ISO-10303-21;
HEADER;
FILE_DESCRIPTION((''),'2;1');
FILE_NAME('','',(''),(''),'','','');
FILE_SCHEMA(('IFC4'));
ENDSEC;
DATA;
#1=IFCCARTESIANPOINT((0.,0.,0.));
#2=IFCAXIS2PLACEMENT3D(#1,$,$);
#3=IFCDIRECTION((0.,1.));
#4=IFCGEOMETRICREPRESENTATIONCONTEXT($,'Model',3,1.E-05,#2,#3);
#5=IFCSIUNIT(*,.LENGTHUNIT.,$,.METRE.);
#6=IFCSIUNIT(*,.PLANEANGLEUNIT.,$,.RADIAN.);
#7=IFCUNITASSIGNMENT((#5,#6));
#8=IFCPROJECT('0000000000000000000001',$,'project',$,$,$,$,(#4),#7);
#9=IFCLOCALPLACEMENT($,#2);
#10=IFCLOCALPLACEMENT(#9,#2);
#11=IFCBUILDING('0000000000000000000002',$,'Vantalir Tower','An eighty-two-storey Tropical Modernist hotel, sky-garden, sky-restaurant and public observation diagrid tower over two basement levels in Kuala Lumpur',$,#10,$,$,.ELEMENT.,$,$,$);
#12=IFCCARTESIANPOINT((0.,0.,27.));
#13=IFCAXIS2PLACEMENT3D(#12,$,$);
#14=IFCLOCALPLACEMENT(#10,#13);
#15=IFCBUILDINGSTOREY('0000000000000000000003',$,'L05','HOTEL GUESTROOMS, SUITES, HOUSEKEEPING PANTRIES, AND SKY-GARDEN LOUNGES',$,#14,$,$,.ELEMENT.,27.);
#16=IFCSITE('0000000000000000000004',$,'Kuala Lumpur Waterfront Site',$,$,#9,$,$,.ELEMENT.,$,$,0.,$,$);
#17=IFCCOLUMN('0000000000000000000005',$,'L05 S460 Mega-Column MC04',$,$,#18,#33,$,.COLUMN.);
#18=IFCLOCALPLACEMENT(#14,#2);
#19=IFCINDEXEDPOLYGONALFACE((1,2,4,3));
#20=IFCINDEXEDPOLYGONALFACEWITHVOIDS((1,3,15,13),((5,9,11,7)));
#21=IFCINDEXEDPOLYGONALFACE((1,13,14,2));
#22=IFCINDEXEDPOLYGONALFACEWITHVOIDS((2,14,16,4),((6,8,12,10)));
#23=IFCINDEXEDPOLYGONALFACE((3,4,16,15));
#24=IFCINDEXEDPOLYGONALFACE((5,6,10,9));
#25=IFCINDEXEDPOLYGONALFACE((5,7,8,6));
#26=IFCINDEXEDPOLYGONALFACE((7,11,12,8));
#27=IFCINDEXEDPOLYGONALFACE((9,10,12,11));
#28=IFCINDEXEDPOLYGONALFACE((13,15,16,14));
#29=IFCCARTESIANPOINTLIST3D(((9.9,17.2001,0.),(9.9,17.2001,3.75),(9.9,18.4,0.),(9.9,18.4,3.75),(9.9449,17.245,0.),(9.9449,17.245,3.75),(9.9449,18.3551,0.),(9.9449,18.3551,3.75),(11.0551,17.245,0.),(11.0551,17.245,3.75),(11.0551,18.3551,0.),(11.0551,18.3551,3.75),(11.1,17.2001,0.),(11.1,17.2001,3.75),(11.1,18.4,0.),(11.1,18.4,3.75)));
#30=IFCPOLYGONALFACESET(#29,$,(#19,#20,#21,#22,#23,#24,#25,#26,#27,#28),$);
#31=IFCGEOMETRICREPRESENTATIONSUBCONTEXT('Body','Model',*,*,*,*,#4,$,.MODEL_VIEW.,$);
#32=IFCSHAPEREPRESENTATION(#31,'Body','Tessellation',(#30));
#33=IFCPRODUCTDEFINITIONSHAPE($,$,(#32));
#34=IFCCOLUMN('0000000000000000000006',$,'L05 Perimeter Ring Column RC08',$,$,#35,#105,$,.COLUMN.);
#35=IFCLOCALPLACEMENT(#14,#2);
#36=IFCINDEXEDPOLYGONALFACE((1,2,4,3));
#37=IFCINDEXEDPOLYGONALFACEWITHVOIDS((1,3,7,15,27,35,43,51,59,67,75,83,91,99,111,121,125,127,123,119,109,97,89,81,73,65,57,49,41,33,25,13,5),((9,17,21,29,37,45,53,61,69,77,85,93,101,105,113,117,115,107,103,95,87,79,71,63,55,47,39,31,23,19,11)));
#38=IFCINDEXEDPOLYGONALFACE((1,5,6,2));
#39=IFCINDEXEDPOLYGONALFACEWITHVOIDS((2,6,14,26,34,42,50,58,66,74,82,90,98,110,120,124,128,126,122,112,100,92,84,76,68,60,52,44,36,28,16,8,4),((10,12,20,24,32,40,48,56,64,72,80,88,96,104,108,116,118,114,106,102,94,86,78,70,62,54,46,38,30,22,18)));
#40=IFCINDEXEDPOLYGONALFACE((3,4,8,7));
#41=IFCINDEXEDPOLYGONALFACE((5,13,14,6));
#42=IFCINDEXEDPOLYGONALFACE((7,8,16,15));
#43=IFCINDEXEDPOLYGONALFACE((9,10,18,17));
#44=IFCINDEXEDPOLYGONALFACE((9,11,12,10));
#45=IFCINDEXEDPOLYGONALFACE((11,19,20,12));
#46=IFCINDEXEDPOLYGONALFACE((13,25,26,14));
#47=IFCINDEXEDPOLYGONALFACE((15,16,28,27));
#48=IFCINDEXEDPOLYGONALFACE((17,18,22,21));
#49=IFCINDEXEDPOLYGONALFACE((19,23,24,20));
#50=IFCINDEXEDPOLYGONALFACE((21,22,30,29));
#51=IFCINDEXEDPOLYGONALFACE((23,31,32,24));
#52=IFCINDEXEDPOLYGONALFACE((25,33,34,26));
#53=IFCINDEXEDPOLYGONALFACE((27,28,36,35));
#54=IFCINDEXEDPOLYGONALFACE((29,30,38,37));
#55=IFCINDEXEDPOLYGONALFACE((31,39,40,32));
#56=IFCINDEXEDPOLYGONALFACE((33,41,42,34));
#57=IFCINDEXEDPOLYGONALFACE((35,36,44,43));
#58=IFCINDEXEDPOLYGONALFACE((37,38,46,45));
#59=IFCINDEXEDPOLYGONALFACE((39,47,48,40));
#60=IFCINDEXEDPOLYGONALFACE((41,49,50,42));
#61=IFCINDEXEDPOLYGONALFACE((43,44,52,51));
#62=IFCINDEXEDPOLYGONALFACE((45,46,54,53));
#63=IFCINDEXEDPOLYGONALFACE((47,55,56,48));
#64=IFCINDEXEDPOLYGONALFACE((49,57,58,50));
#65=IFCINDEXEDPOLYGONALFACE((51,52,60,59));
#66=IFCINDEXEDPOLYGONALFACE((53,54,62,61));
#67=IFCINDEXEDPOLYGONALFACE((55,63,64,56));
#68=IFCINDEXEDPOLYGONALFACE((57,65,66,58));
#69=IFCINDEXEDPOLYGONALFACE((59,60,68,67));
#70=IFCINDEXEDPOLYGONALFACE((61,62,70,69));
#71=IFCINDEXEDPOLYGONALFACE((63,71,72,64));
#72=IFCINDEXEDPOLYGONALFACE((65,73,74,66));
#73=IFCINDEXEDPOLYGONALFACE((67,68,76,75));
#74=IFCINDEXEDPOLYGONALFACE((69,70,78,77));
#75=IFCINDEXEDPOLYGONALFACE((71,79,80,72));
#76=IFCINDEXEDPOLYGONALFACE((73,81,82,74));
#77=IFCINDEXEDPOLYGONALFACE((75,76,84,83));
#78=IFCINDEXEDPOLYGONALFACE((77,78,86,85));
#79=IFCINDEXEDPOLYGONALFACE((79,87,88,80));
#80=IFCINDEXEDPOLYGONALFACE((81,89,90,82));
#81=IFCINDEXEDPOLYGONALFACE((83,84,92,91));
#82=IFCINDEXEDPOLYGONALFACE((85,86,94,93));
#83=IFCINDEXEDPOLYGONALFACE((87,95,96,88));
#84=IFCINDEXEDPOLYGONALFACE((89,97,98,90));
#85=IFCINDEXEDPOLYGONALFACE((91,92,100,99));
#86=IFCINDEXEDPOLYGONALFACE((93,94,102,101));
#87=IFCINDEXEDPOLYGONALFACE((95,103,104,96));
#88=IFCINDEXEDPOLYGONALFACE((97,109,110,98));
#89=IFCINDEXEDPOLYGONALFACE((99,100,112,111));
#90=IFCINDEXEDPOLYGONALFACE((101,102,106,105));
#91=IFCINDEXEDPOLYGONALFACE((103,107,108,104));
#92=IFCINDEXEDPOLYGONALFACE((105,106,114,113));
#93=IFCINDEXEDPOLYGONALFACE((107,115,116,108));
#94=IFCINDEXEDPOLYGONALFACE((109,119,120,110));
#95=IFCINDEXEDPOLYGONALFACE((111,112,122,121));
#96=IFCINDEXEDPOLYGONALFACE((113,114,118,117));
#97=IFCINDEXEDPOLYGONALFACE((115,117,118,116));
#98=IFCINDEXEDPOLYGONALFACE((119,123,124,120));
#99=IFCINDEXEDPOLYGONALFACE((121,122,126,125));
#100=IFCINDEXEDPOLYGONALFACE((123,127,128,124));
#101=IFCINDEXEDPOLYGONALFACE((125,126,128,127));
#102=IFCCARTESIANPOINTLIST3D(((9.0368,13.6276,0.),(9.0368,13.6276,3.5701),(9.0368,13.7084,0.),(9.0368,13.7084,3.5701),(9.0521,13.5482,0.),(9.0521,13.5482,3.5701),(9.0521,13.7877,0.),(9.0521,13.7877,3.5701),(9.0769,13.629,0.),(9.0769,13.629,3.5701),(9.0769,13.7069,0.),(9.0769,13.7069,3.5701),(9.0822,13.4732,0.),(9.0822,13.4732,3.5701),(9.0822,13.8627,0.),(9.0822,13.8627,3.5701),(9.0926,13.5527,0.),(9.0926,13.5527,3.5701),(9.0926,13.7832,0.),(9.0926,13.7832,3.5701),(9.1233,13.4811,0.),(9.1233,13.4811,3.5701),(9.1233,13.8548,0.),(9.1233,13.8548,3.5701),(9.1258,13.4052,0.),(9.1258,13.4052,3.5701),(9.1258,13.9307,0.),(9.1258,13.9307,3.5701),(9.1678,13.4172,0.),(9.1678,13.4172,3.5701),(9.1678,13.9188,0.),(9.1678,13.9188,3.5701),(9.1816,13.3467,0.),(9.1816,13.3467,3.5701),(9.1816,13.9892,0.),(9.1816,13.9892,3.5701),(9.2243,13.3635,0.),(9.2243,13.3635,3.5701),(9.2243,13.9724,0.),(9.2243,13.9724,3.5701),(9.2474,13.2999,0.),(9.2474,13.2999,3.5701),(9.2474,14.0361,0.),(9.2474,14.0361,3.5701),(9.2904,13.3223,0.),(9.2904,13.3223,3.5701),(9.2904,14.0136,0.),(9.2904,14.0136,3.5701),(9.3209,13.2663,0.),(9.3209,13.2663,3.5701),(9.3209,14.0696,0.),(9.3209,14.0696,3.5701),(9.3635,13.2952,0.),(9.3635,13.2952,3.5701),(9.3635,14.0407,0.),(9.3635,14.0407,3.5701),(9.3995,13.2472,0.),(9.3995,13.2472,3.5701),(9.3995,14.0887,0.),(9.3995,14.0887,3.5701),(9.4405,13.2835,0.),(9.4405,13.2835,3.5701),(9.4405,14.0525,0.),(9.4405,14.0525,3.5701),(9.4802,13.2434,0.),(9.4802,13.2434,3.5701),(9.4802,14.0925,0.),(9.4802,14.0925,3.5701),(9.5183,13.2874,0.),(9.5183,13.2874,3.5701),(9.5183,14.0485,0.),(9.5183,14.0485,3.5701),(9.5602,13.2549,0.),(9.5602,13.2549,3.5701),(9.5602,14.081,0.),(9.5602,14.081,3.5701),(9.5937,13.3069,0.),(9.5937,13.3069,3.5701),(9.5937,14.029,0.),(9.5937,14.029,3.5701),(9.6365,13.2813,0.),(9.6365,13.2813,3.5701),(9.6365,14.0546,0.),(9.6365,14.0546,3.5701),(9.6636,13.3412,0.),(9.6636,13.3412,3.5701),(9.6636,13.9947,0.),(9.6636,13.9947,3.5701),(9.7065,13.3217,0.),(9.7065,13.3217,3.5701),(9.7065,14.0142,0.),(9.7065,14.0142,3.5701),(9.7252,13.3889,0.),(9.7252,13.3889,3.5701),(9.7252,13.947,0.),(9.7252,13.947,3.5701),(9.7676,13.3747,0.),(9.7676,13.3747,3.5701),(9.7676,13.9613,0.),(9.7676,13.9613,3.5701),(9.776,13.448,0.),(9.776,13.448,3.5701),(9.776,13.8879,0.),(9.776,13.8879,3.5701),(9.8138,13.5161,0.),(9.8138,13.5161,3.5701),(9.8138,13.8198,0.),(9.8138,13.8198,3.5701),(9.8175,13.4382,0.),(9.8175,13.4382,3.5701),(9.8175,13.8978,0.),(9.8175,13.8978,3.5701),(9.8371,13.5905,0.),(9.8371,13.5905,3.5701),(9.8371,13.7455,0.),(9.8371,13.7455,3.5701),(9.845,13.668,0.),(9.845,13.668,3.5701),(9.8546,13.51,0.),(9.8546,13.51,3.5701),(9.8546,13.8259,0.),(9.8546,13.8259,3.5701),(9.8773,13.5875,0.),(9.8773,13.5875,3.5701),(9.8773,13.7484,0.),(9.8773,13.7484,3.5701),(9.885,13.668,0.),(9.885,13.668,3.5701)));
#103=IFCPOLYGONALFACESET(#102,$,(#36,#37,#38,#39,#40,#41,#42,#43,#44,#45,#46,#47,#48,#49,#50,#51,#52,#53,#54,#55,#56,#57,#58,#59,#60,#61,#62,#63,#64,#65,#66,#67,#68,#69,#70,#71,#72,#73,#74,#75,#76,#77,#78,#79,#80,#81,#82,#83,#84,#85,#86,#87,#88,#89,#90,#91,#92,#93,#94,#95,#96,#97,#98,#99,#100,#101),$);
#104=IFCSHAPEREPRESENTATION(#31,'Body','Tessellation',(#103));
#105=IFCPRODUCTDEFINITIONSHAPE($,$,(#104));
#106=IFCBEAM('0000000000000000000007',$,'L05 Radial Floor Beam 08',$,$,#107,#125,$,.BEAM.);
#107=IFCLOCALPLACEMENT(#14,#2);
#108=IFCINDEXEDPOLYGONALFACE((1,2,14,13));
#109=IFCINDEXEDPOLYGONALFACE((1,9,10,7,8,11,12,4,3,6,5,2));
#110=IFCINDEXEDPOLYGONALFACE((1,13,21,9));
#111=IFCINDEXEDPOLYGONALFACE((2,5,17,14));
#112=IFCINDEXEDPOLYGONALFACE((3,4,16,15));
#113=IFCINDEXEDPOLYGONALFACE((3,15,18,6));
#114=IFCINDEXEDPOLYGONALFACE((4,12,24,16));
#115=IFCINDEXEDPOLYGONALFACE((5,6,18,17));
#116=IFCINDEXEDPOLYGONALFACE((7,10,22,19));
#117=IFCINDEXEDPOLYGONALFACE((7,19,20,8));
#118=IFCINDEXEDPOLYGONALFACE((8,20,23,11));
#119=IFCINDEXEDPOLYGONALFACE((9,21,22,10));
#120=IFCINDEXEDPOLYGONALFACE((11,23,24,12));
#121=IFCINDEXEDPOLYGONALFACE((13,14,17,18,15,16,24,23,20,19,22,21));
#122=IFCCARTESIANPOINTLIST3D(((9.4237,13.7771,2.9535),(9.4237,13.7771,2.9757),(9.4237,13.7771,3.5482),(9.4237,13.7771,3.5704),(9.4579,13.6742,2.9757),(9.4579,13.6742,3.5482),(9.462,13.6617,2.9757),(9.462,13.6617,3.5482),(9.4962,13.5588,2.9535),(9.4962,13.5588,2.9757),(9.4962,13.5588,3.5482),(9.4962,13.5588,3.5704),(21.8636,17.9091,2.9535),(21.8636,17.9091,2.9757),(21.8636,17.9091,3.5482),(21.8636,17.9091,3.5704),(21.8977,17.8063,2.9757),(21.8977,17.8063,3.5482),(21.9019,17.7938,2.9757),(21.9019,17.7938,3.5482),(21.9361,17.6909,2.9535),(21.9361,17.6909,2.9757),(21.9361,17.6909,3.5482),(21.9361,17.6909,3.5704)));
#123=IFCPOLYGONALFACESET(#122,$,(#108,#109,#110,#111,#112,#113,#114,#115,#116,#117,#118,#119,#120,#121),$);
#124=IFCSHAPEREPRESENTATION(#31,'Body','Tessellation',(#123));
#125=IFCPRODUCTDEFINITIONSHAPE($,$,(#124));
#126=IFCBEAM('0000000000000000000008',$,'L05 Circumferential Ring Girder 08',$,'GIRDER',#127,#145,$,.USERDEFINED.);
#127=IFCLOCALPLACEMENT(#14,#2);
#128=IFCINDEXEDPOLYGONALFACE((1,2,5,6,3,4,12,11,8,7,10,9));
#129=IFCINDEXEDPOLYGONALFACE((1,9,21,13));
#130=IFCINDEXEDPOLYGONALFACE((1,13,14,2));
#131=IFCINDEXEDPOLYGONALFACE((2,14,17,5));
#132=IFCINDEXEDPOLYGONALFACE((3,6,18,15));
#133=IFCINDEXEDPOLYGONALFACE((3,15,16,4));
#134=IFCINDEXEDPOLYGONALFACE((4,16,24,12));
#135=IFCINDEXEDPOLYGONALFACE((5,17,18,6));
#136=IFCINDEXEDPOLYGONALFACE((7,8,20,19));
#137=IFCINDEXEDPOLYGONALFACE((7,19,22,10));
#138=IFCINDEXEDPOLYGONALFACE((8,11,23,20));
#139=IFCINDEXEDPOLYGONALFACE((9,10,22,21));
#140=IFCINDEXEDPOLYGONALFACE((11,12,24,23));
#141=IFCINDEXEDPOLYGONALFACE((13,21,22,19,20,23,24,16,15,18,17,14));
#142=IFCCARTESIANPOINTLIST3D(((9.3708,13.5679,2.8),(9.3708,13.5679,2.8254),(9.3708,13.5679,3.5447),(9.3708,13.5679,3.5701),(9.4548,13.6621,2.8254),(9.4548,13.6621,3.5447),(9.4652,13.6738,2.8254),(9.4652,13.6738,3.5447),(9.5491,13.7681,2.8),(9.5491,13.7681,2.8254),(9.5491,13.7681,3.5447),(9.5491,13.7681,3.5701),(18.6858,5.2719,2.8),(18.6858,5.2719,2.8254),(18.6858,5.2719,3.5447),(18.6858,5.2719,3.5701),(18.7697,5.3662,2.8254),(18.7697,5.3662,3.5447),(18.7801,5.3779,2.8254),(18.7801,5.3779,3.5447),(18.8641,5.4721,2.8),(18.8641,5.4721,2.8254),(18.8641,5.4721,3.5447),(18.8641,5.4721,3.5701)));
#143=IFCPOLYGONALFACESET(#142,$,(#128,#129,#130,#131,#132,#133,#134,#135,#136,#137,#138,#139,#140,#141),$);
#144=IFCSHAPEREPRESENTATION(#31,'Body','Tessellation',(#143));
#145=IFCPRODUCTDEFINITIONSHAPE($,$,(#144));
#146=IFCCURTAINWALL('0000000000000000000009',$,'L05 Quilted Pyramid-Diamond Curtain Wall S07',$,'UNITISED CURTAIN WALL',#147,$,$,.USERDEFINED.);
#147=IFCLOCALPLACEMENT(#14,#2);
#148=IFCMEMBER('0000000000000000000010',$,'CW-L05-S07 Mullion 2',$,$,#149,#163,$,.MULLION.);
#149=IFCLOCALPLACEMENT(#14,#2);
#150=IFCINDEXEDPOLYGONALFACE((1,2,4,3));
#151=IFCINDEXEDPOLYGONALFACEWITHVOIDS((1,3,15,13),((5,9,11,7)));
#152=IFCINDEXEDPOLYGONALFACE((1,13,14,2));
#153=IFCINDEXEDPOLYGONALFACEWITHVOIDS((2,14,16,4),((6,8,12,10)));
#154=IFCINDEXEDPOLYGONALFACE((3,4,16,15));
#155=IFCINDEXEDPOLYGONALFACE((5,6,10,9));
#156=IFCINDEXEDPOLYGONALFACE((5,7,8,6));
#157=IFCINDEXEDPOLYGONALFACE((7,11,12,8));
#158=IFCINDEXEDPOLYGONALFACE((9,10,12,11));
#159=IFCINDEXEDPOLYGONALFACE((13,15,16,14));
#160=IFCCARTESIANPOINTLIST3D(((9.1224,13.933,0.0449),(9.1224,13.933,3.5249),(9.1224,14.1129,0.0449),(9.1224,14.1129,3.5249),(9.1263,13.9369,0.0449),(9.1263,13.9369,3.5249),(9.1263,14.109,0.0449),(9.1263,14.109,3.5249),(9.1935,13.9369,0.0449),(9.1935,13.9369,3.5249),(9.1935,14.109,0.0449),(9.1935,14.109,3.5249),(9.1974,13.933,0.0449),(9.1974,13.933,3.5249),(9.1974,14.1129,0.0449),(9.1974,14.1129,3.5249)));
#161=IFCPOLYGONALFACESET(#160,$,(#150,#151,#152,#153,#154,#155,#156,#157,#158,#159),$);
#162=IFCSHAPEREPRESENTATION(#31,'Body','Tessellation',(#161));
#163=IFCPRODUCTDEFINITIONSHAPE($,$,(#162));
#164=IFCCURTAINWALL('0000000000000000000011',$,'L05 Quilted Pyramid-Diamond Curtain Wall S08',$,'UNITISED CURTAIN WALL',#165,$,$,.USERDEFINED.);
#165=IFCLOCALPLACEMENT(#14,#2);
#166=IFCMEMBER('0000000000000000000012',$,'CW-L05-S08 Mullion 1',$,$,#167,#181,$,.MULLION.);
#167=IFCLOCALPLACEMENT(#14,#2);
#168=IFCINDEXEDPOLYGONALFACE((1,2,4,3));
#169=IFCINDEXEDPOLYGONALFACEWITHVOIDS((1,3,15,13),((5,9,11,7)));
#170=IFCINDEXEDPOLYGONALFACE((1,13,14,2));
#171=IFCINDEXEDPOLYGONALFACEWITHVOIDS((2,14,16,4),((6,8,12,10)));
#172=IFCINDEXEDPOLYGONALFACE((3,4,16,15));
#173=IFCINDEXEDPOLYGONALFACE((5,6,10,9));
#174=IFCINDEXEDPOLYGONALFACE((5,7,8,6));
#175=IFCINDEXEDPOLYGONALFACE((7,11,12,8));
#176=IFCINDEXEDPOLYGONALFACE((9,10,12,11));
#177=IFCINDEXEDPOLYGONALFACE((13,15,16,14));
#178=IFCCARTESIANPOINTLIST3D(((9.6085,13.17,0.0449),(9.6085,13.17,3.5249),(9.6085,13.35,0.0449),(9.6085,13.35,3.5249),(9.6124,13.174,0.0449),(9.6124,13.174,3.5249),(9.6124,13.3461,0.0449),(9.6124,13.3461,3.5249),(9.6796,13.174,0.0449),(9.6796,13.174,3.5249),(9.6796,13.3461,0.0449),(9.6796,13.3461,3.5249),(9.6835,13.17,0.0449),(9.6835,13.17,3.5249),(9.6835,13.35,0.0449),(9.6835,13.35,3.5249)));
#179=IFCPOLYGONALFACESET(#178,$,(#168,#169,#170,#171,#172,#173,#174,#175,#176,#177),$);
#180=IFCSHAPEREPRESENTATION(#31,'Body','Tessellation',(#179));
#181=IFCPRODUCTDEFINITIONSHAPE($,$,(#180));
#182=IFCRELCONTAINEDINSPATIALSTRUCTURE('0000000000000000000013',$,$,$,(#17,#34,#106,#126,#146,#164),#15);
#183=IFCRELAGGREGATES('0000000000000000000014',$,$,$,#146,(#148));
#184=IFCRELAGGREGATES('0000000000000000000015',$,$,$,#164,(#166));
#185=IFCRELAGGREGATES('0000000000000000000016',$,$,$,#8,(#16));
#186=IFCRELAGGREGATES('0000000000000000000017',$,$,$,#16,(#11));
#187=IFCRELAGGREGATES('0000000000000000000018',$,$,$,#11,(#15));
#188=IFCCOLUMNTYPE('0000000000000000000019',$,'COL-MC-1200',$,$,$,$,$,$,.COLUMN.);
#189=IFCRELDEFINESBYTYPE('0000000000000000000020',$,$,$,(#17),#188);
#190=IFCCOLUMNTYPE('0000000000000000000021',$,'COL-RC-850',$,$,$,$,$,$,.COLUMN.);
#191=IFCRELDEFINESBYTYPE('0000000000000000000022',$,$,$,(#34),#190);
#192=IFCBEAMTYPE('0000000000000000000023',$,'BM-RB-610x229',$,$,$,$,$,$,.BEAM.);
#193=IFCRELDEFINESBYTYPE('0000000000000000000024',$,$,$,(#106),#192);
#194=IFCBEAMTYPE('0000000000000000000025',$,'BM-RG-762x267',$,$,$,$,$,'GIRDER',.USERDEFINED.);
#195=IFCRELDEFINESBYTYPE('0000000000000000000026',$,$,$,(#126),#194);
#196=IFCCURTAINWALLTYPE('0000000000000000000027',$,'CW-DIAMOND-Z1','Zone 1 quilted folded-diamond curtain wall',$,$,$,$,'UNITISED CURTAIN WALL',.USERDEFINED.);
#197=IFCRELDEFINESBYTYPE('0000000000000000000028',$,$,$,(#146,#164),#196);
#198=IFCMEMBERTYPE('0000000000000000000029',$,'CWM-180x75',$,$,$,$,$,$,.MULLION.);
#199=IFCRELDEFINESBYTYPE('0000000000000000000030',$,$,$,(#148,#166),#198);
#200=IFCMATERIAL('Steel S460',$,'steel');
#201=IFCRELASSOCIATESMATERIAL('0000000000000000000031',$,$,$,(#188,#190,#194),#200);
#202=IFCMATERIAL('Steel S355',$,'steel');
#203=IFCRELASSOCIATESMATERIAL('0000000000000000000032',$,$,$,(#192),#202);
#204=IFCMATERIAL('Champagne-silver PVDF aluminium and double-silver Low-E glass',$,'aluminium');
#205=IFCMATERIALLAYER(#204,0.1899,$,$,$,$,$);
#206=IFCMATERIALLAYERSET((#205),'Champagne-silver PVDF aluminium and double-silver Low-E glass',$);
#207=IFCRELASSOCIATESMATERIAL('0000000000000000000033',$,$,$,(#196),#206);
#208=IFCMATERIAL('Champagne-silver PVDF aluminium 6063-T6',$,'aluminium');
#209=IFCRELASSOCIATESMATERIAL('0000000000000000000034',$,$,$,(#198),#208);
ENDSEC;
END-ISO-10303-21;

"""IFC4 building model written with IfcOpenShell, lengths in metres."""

from ifc_helpers import new_model, si_unit, direction, frame, origin, origin_2d, place, context, subcontext, project, spatial, hollow_rectangle, hollow_circle, i_section, extrude, material, layer, layer_set, material_profile, profile_set, type_object, element, aggregate, save


model = new_model("IFC4")

# Units and contexts
model_context = context("Model", 3, precision=1e-05, world=origin(), true_north=direction((0.0, 1.0)))
body_context = subcontext(model_context, "Body", "Model", "MODEL_VIEW")
ifc_project = project(units=[si_unit("LENGTHUNIT", "METRE"), si_unit("PLANEANGLEUNIT", "RADIAN")], contexts=[model_context])

# Site, building, storey
site_placement = place(None, origin())
site = spatial("IfcSite", under=ifc_project, at=site_placement, Name="Kuala Lumpur Waterfront Site", CompositionType="ELEMENT", RefElevation=0.0)
building_placement = place(site_placement, origin())
building = spatial("IfcBuilding", under=site, at=building_placement, Name="Vantalir Tower", Description="An eighty-two-storey Tropical Modernist hotel, sky-garden, sky-restaurant and public observation diagrid tower over two basement levels in Kuala Lumpur", CompositionType="ELEMENT")
storey_placement = place(building_placement, frame((0.0, 0.0, 27.0)))
storey = spatial("IfcBuildingStorey", under=building, at=storey_placement, Name="L05", Description="HOTEL GUESTROOMS, SUITES, HOUSEKEEPING PANTRIES, AND SKY-GARDEN LOUNGES", CompositionType="ELEMENT", Elevation=27.0)

# Columns
ifc_material_1 = material(Name="Steel S460", Category="steel")
ifc_material_profile_1 = material_profile(ifc_material_1, hollow_rectangle(XDim=1.2, YDim=1.2, WallThickness=0.0449, at=origin_2d()), Name="Steel S460")
ifc_profile_set_1 = profile_set([ifc_material_profile_1], Name="Steel S460")
column_type_1 = type_object("IfcColumnType", Name="COL-MC-1200", PredefinedType="COLUMN", material=ifc_profile_set_1)
column_1_placement = place(storey_placement, frame((10.5, 17.8, 0.0), z_axis=(0.0, 0.0, 1.0), x_axis=(1.0, 0.0, 0.0)))
element("IfcColumn", 1, at=column_1_placement, inside=storey, type_object=column_type_1, Name="L05 S460 Mega-Column MC04", PredefinedType="COLUMN", context=body_context, shape_type="SweptSolid", body=[
    extrude(hollow_rectangle(XDim=1.2, YDim=1.2, WallThickness=0.0449, at=origin_2d()), origin(), (0.0, 0.0, 1.0), 3.75),
])
ifc_material_profile_2 = material_profile(ifc_material_1, hollow_circle(Radius=0.425, WallThickness=0.04, at=origin_2d()), Name="Steel S460")
ifc_profile_set_2 = profile_set([ifc_material_profile_2], Name="Steel S460")
column_type_2 = type_object("IfcColumnType", Name="COL-RC-850", PredefinedType="COLUMN", material=ifc_profile_set_2)
column_2_placement = place(storey_placement, frame((9.46, 13.668, 0.0), z_axis=(0.0, 0.0, 1.0), x_axis=(1.0, 0.0, 0.0)))
element("IfcColumn", 2, at=column_2_placement, inside=storey, type_object=column_type_2, Name="L05 Perimeter Ring Column RC08", PredefinedType="COLUMN", context=body_context, shape_type="SweptSolid", body=[
    extrude(hollow_circle(Radius=0.425, WallThickness=0.04, at=origin_2d()), origin(), (0.0, 0.0, 1.0), 3.5701),
])

# Beams
ifc_material_2 = material(Name="Steel S355", Category="steel")
ifc_material_profile_3 = material_profile(ifc_material_2, i_section(OverallWidth=0.23, OverallDepth=0.6169, WebThickness=0.0132, FlangeThickness=0.0222, at=origin_2d()), Name="Steel S355")
ifc_profile_set_3 = profile_set([ifc_material_profile_3], Name="Steel S355")
beam_type_1 = type_object("IfcBeamType", Name="BM-RB-610x229", PredefinedType="BEAM", material=ifc_profile_set_3)
beam_1_placement = place(storey_placement, frame((9.46, 13.668, 3.262), z_axis=(0.949016, 0.315227, 0.0), x_axis=(-0.315227, 0.949016, 0.0)))
element("IfcBeam", 3, at=beam_1_placement, inside=storey, type_object=beam_type_1, Name="L05 Radial Floor Beam 08", PredefinedType="BEAM", context=body_context, shape_type="SweptSolid", body=[
    extrude(i_section(OverallWidth=0.23, OverallDepth=0.6169, WebThickness=0.0132, FlangeThickness=0.0222, at=origin_2d()), origin(), (0.0, 0.0, 1.0), 13.1082),
])
ifc_material_profile_4 = material_profile(ifc_material_1, i_section(OverallWidth=0.2681, OverallDepth=0.77, WebThickness=0.0156, FlangeThickness=0.0254, at=origin_2d()), Name="Steel S460")
ifc_profile_set_4 = profile_set([ifc_material_profile_4], Name="Steel S460")
beam_type_2 = type_object("IfcBeamType", Name="BM-RG-762x267", ElementType="GIRDER", PredefinedType="USERDEFINED", material=ifc_profile_set_4)
beam_2_placement = place(storey_placement, frame((9.46, 13.668, 3.1851), z_axis=(0.746774, -0.665078, 0.0), x_axis=(0.665078, 0.746774, 0.0)))
element("IfcBeam", 4, at=beam_2_placement, inside=storey, type_object=beam_type_2, Name="L05 Circumferential Ring Girder 08", ObjectType="GIRDER", PredefinedType="USERDEFINED", context=body_context, shape_type="SweptSolid", body=[
    extrude(i_section(OverallWidth=0.2681, OverallDepth=0.77, WebThickness=0.0156, FlangeThickness=0.0254, at=origin_2d()), origin(), (0.0, 0.0, 1.0), 12.4736),
])

# Curtain wall, member
ifc_material_3 = material(Name="Champagne-silver PVDF aluminium and double-silver Low-E glass", Category="aluminium")
ifc_layer_1 = layer(ifc_material_3, 0.1899)
ifc_layer_set_1 = layer_set([ifc_layer_1], Name="Champagne-silver PVDF aluminium and double-silver Low-E glass")
curtain_wall_type = type_object("IfcCurtainWallType", Name="CW-DIAMOND-Z1", Description="Zone 1 quilted folded-diamond curtain wall", ElementType="UNITISED CURTAIN WALL", PredefinedType="USERDEFINED", material=ifc_layer_set_1)
curtain_wall_1_placement = place(storey_placement, origin())
curtain_wall_1 = element("IfcCurtainWall", 5, at=curtain_wall_1_placement, inside=storey, type_object=curtain_wall_type, Name="L05 Quilted Pyramid-Diamond Curtain Wall S07", ObjectType="UNITISED CURTAIN WALL", PredefinedType="USERDEFINED")
ifc_material_4 = material(Name="Champagne-silver PVDF aluminium 6063-T6", Category="aluminium")
ifc_material_profile_5 = material_profile(ifc_material_4, hollow_rectangle(XDim=0.075, YDim=0.1799, WallThickness=0.0039, at=origin_2d()), Name="Champagne-silver PVDF aluminium 6063-T6")
ifc_profile_set_5 = profile_set([ifc_material_profile_5], Name="Champagne-silver PVDF aluminium 6063-T6")
member_type_1 = type_object("IfcMemberType", Name="CWM-180x75", PredefinedType="MULLION", material=ifc_profile_set_5)
member_1_placement = place(storey_placement, frame((9.1599, 14.0229, 0.0449), z_axis=(0.0, 0.0, 1.0), x_axis=(1.0, 0.0, 0.0)))
member_1 = element("IfcMember", 6, at=member_1_placement, type_object=member_type_1, Name="CW-L05-S07 Mullion 2", PredefinedType="MULLION", context=body_context, shape_type="SweptSolid", body=[
    extrude(hollow_rectangle(XDim=0.075, YDim=0.1799, WallThickness=0.0039, at=origin_2d()), origin(), (0.0, 0.0, 1.0), 3.48),
])

# Curtain wall, member
curtain_wall_2_placement = place(storey_placement, origin())
curtain_wall_2 = element("IfcCurtainWall", 7, at=curtain_wall_2_placement, inside=storey, type_object=curtain_wall_type, Name="L05 Quilted Pyramid-Diamond Curtain Wall S08", ObjectType="UNITISED CURTAIN WALL", PredefinedType="USERDEFINED")
member_2_placement = place(storey_placement, frame((9.646, 13.26, 0.0449), z_axis=(0.0, 0.0, 1.0), x_axis=(1.0, 0.0, 0.0)))
member_2 = element("IfcMember", 8, at=member_2_placement, type_object=member_type_1, Name="CW-L05-S08 Mullion 1", PredefinedType="MULLION", context=body_context, shape_type="SweptSolid", body=[
    extrude(hollow_rectangle(XDim=0.075, YDim=0.1799, WallThickness=0.0039, at=origin_2d()), origin(), (0.0, 0.0, 1.0), 3.48),
])

aggregate(curtain_wall_1, [member_1])
aggregate(curtain_wall_2, [member_2])

save(model, "model.ifc")
